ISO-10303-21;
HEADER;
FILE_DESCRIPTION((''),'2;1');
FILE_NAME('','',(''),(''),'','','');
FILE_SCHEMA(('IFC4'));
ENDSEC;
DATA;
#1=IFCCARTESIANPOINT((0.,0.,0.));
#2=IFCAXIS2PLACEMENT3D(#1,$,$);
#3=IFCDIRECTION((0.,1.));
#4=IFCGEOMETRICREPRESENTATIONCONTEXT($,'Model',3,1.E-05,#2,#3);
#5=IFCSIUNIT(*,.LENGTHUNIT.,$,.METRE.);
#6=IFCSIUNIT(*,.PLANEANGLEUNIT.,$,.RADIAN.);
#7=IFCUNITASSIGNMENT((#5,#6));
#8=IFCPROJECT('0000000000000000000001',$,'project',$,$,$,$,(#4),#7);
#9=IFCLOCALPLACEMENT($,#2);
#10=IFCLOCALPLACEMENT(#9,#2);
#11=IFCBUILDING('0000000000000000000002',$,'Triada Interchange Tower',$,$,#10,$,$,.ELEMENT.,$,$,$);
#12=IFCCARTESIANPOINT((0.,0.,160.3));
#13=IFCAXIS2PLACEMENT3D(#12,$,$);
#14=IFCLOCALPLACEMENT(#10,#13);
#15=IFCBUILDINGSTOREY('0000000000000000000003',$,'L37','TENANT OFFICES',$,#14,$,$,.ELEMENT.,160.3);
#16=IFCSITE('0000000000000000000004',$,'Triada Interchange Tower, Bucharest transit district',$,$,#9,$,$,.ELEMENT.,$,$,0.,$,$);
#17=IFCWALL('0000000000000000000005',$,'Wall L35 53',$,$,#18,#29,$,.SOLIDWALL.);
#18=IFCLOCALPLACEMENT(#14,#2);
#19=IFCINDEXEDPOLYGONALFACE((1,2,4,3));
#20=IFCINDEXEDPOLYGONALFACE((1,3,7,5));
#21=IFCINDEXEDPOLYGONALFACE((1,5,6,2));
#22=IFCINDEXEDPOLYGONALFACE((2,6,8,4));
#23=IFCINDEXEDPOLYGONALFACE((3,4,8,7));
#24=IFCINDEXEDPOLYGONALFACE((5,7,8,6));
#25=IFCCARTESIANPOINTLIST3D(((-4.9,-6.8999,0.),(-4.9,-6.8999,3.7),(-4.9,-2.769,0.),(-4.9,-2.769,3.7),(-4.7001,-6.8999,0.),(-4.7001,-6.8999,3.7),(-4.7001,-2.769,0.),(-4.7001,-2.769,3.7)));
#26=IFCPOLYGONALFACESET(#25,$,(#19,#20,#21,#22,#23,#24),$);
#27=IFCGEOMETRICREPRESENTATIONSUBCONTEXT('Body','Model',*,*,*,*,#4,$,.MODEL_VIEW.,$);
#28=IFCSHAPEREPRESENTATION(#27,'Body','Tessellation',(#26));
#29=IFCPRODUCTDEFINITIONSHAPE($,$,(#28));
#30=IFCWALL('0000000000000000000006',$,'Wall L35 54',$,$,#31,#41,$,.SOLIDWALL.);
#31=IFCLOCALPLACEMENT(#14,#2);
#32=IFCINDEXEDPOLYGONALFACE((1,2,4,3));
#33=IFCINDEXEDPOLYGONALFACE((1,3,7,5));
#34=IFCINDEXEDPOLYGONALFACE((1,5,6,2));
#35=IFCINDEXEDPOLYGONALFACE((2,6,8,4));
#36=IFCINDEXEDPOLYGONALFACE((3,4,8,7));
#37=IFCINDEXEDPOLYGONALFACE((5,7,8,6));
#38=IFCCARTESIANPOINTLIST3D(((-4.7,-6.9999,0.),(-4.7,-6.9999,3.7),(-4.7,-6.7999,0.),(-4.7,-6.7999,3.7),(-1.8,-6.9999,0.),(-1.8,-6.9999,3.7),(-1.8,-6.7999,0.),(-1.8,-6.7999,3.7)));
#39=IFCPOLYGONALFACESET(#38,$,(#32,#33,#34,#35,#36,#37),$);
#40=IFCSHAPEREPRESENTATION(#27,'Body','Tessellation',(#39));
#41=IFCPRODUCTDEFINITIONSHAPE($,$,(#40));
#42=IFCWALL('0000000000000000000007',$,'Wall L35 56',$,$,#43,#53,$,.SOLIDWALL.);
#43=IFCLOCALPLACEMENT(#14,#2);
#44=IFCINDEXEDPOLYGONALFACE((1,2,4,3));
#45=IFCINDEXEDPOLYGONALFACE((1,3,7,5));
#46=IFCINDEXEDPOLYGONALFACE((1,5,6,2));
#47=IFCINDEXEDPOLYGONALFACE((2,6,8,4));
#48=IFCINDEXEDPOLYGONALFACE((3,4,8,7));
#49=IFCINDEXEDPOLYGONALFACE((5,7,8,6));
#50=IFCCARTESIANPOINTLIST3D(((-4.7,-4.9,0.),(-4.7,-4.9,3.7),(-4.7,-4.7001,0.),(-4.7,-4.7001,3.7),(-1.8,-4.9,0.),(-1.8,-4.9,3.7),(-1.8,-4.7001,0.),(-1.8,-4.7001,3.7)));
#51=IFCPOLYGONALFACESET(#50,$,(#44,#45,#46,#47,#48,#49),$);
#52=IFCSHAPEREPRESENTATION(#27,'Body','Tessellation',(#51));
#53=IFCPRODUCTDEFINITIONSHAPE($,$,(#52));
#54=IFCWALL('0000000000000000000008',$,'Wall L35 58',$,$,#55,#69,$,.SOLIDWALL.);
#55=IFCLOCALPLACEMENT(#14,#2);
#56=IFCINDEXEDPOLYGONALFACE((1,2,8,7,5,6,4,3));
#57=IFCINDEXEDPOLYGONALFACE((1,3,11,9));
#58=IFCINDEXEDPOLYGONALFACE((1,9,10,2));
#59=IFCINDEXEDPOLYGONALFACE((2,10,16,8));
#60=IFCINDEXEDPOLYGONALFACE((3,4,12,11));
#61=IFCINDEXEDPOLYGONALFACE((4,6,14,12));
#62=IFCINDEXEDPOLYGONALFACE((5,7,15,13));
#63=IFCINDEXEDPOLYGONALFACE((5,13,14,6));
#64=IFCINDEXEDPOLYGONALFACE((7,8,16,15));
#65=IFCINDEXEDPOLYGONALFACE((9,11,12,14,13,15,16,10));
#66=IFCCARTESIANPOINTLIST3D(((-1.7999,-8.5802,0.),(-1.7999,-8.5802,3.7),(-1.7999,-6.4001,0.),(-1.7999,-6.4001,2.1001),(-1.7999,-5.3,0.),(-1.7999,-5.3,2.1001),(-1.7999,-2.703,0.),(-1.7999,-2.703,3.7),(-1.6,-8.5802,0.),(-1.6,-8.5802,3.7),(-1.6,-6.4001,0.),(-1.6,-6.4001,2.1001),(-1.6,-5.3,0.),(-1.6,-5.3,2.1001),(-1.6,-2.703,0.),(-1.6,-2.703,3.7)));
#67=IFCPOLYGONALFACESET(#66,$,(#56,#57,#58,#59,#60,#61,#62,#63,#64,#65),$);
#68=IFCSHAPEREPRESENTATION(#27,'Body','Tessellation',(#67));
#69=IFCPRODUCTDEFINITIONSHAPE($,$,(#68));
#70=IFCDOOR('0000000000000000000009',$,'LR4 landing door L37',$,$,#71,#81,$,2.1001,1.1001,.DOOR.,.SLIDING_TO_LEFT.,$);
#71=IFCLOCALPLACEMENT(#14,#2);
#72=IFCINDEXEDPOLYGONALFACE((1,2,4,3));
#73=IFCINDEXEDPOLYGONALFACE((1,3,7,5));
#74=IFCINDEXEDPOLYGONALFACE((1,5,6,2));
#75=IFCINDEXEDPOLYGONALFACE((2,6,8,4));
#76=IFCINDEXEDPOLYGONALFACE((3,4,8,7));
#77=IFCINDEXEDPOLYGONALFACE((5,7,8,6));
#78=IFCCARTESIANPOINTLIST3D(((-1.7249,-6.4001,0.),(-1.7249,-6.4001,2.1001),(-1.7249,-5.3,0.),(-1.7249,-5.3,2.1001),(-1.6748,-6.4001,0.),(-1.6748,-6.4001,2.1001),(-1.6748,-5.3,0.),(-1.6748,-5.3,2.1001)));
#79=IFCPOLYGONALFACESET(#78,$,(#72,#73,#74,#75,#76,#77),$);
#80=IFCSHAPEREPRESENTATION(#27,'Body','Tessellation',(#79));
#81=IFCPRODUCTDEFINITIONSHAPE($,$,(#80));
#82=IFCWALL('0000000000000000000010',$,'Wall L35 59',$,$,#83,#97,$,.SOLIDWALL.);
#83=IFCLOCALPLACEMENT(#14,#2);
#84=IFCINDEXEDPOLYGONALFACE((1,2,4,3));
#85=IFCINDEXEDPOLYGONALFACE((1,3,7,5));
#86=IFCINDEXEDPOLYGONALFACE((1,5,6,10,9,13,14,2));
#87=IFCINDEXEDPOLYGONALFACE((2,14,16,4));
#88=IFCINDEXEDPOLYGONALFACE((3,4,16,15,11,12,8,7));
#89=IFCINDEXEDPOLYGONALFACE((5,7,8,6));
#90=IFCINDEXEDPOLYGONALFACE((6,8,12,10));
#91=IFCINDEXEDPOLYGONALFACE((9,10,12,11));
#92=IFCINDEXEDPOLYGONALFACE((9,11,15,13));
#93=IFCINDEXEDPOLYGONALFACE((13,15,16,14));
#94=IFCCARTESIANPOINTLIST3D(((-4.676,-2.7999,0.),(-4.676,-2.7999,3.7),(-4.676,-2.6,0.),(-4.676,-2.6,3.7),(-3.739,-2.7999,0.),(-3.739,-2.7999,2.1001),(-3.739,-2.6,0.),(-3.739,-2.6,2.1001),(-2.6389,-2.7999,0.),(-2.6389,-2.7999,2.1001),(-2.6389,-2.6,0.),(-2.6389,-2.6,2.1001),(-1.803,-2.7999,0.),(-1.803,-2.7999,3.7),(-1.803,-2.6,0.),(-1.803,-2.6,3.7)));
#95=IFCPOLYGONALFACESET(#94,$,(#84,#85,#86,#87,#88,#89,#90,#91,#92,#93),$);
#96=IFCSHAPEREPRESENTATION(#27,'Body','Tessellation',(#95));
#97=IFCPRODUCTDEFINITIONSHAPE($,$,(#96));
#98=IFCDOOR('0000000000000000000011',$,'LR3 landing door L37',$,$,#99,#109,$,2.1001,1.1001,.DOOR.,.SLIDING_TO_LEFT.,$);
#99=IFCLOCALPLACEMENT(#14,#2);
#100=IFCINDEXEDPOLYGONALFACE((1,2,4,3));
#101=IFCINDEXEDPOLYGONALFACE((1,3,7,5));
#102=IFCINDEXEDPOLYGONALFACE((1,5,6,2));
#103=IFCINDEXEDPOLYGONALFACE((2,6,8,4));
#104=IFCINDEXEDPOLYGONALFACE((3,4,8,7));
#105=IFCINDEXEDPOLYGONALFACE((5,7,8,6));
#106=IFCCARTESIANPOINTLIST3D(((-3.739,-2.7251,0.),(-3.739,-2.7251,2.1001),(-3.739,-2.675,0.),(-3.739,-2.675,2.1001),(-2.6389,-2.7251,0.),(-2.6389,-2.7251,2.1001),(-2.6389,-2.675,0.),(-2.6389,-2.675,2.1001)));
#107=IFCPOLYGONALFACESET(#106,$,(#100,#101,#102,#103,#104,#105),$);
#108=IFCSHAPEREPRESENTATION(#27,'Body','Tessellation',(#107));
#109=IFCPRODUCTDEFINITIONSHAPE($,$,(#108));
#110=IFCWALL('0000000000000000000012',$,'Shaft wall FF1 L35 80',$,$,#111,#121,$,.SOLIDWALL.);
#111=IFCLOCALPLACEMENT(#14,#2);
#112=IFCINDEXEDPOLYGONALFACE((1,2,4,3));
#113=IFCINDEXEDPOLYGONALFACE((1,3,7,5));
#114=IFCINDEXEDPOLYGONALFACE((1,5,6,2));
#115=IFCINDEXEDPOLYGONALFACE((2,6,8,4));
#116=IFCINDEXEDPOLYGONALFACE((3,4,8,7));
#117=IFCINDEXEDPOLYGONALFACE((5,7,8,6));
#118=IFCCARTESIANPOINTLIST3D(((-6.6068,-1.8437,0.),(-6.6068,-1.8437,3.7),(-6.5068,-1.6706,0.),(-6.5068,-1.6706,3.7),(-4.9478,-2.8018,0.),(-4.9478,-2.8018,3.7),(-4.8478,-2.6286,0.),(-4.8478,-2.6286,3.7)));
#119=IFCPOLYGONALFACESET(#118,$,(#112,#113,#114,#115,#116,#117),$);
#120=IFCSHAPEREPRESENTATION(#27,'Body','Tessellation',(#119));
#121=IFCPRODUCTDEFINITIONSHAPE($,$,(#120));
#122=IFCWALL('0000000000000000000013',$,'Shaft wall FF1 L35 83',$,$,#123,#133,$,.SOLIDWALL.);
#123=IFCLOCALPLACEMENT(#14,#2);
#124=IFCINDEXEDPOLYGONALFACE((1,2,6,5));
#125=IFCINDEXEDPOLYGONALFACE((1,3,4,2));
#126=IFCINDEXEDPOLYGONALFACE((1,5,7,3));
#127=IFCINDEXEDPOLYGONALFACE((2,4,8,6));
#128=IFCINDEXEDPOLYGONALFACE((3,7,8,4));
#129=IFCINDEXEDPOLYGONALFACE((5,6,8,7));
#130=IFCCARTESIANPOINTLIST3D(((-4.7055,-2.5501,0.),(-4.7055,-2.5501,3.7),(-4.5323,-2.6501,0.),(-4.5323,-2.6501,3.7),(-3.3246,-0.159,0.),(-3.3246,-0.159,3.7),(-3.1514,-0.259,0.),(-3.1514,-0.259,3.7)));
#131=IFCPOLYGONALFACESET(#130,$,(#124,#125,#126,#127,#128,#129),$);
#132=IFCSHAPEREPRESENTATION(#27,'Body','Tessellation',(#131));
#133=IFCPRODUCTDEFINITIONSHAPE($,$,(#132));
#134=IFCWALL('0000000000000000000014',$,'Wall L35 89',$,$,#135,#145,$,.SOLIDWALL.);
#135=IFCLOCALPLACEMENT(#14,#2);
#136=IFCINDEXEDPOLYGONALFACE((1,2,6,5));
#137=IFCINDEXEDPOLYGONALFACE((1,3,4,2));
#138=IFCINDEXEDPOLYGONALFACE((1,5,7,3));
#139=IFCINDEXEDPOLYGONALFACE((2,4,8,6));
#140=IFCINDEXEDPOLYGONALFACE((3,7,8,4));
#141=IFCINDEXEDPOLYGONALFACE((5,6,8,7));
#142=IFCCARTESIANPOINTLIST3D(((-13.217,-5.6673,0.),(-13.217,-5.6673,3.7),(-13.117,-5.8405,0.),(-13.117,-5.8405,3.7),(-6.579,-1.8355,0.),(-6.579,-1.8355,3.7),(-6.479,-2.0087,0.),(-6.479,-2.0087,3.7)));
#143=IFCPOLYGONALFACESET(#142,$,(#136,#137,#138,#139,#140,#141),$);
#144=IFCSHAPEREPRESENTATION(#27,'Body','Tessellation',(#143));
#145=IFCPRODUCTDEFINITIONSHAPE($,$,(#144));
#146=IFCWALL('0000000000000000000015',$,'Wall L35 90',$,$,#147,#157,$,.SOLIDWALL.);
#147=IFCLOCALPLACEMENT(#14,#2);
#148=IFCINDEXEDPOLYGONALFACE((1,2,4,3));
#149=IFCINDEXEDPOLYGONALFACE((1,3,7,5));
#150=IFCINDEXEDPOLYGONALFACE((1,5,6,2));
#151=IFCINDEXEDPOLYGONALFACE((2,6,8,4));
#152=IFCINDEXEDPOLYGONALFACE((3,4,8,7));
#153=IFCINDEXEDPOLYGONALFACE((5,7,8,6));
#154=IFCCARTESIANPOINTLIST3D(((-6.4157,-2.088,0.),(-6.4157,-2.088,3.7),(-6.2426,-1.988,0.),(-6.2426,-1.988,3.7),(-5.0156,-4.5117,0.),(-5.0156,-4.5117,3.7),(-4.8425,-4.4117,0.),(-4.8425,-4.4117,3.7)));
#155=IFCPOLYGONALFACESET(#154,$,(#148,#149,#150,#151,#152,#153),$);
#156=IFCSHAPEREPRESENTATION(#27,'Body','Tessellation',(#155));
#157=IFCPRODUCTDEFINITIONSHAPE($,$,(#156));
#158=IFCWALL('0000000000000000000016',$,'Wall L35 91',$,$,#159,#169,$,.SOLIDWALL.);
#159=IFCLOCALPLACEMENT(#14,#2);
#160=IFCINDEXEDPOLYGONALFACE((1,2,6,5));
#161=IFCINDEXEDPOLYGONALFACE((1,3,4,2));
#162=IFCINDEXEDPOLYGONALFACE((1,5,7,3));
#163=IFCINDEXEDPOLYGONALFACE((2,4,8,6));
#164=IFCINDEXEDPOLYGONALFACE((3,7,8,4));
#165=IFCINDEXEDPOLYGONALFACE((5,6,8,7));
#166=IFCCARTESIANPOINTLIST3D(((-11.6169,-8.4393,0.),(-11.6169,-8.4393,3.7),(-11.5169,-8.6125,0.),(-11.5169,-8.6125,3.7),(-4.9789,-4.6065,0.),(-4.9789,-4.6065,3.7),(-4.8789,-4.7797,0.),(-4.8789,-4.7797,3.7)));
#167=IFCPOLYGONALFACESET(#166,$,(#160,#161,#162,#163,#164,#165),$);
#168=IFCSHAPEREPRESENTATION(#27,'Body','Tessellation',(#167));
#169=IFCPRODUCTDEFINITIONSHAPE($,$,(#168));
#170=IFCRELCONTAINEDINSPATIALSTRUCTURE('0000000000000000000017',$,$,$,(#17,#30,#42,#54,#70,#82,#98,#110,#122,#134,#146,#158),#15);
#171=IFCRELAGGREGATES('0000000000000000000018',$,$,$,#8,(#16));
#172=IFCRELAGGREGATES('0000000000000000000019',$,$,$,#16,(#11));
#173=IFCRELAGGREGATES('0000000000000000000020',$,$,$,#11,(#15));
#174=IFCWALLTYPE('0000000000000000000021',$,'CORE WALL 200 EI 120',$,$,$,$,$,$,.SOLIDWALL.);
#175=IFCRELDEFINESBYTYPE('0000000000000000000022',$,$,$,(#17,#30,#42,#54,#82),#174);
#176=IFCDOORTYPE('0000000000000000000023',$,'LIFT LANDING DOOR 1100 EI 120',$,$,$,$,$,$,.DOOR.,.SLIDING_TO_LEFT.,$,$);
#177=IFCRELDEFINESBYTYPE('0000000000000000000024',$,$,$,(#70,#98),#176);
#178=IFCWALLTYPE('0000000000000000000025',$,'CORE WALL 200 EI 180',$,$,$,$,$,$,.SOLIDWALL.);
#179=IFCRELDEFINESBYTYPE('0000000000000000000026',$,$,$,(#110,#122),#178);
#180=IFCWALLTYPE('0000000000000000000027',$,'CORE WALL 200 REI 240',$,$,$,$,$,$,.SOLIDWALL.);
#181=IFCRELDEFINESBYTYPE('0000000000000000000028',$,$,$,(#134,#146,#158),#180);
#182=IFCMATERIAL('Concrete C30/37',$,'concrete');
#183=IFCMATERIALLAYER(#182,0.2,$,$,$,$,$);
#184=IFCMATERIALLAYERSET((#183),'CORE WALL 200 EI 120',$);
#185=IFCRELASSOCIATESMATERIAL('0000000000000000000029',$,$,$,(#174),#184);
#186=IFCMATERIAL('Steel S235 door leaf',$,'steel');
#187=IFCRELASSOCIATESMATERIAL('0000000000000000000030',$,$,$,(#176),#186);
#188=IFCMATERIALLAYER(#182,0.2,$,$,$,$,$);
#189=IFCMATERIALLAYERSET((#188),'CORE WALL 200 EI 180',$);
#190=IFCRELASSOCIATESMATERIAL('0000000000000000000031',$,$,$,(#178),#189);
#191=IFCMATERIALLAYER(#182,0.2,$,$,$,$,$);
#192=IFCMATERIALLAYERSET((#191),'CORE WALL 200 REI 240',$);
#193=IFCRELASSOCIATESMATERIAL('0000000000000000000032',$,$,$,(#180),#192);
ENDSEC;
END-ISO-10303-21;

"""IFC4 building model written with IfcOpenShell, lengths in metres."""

from ifc_helpers import new_model, si_unit, direction, frame, frame_2d, origin, place, context, subcontext, project, spatial, rectangle, extrude, material, layer, layer_set, type_object, element, fill, save


model = new_model("IFC4")

# Units and contexts
model_context = context("Model", 3, precision=1e-05, world=origin(), true_north=direction((0.0, 1.0)))
body_context = subcontext(model_context, "Body", "Model", "MODEL_VIEW")
ifc_project = project(units=[si_unit("LENGTHUNIT", "METRE"), si_unit("PLANEANGLEUNIT", "RADIAN")], contexts=[model_context])

# Site, building, storey
site_placement = place(None, origin())
site = spatial("IfcSite", under=ifc_project, at=site_placement, Name="Triada Interchange Tower, Bucharest transit district", CompositionType="ELEMENT", RefElevation=0.0)
building_placement = place(site_placement, origin())
building = spatial("IfcBuilding", under=site, at=building_placement, Name="Triada Interchange Tower", CompositionType="ELEMENT")
storey_placement = place(building_placement, frame((0.0, 0.0, 160.3)))
storey = spatial("IfcBuildingStorey", under=building, at=storey_placement, Name="L37", Description="TENANT OFFICES", CompositionType="ELEMENT", Elevation=160.3)

# Walls
ifc_material_1 = material(Name="Concrete C30/37", Category="concrete")
ifc_layer_1 = layer(ifc_material_1, 0.2)
ifc_layer_set_1 = layer_set([ifc_layer_1], Name="CORE WALL 200 EI 120")
wall_type_1 = type_object("IfcWallType", Name="CORE WALL 200 EI 120", PredefinedType="SOLIDWALL", material=ifc_layer_set_1)
wall_1_placement = place(storey_placement, frame((-4.8, -6.8999, 0.0), z_axis=(0.0, 0.0, 1.0), x_axis=(0.0, 1.0, 0.0)))
element("IfcWall", 1, at=wall_1_placement, inside=storey, type_object=wall_type_1, Name="Wall L35 53", PredefinedType="SOLIDWALL", context=body_context, shape_type="SweptSolid", body=[
    extrude(rectangle(XDim=4.1309, YDim=0.2, at=frame_2d((2.0654, 0.0))), origin(), (0.0, 0.0, 1.0), 3.7),
])
for number, where, z_axis, x_axis, name in (
    (2, (-4.7, -6.8999, 0.0), (0.0, 0.0, 1.0), (1.0, 0.0, 0.0), "Wall L35 54"),
    (3, (-4.7, -4.8, 0.0), (0.0, 0.0, 1.0), (1.0, 0.0, 0.0), "Wall L35 56"),
):
    element("IfcWall", number, at=place(storey_placement, frame(where, z_axis=z_axis, x_axis=x_axis)), inside=storey, type_object=wall_type_1, Name=name, PredefinedType="SOLIDWALL", context=body_context, shape_type="SweptSolid", body=[
        extrude(rectangle(XDim=2.8999, YDim=0.2, at=frame_2d((1.45, 0.0))), origin(), (0.0, 0.0, 1.0), 3.7),
    ])

# Walls, openings, doors
wall_2_placement = place(storey_placement, frame((-1.7, -8.5801, 0.0), z_axis=(0.0, 0.0, 1.0), x_axis=(0.0, 1.0, 0.0)))
wall_2 = element("IfcWall", 4, at=wall_2_placement, inside=storey, type_object=wall_type_1, Name="Wall L35 58", PredefinedType="SOLIDWALL", context=body_context, shape_type="SweptSolid", body=[
    extrude(rectangle(XDim=5.8772, YDim=0.2, at=frame_2d((2.9385, 0.0))), origin(), (0.0, 0.0, 1.0), 3.7),
])
opening_1_placement = place(wall_2_placement, frame((2.1799, 0.0, 0.0)))
opening_1 = element("IfcOpeningElement", 5, at=opening_1_placement, cuts=wall_2, PredefinedType="OPENING", context=body_context, shape_type="SweptSolid", body=[
    extrude(rectangle(XDim=1.1001, YDim=2.1001, at=frame_2d((0.55, 1.05))), frame((0.0, 0.1099, 0.0), z_axis=(0.0, -1.0, 0.0), x_axis=(1.0, 0.0, 0.0)), (0.0, 0.0, 1.0), 0.22),
])
ifc_material_2 = material(Name="Steel S235 door leaf", Category="steel")
door_type_1 = type_object("IfcDoorType", Name="LIFT LANDING DOOR 1100 EI 120", OperationType="SLIDING_TO_LEFT", PredefinedType="DOOR", material=ifc_material_2)
door_1_placement = place(opening_1_placement, origin())
door_1 = element("IfcDoor", 6, at=door_1_placement, inside=storey, type_object=door_type_1, Name="LR4 landing door L37", OperationType="SLIDING_TO_LEFT", OverallHeight=2.1001, OverallWidth=1.1001, PredefinedType="DOOR", context=body_context, shape_type="SweptSolid", body=[
    extrude(rectangle(XDim=1.1001, YDim=2.1001, at=frame_2d((0.55, 1.05))), frame((0.0, 0.0249, 0.0), z_axis=(0.0, -1.0, 0.0), x_axis=(1.0, 0.0, 0.0)), (0.0, 0.0, 1.0), 0.05),
])
fill(opening_1, door_1)
wall_3_placement = place(storey_placement, frame((-4.676, -2.7, 0.0), z_axis=(0.0, 0.0, 1.0), x_axis=(1.0, 0.0, 0.0)))
wall_3 = element("IfcWall", 7, at=wall_3_placement, inside=storey, type_object=wall_type_1, Name="Wall L35 59", PredefinedType="SOLIDWALL", context=body_context, shape_type="SweptSolid", body=[
    extrude(rectangle(XDim=2.873, YDim=0.2, at=frame_2d((1.4365, 0.0))), origin(), (0.0, 0.0, 1.0), 3.7),
])
opening_2_placement = place(wall_3_placement, frame((0.937, 0.0, 0.0)))
opening_2 = element("IfcOpeningElement", 8, at=opening_2_placement, cuts=wall_3, PredefinedType="OPENING", context=body_context, shape_type="SweptSolid", body=[
    extrude(rectangle(XDim=1.1001, YDim=2.1001, at=frame_2d((0.55, 1.05))), frame((0.0, 0.1099, 0.0), z_axis=(0.0, -1.0, 0.0), x_axis=(1.0, 0.0, 0.0)), (0.0, 0.0, 1.0), 0.22),
])
door_2_placement = place(opening_2_placement, origin())
door_2 = element("IfcDoor", 9, at=door_2_placement, inside=storey, type_object=door_type_1, Name="LR3 landing door L37", OperationType="SLIDING_TO_LEFT", OverallHeight=2.1001, OverallWidth=1.1001, PredefinedType="DOOR", context=body_context, shape_type="SweptSolid", body=[
    extrude(rectangle(XDim=1.1001, YDim=2.1001, at=frame_2d((0.55, 1.05))), frame((0.0, 0.0249, 0.0), z_axis=(0.0, -1.0, 0.0), x_axis=(1.0, 0.0, 0.0)), (0.0, 0.0, 1.0), 0.05),
])
fill(opening_2, door_2)

# Walls
ifc_layer_2 = layer(ifc_material_1, 0.2)
ifc_layer_set_2 = layer_set([ifc_layer_2], Name="CORE WALL 200 EI 180")
wall_type_2 = type_object("IfcWallType", Name="CORE WALL 200 EI 180", PredefinedType="SOLIDWALL", material=ifc_layer_set_2)
wall_4_placement = place(storey_placement, frame((-6.5569, -1.7571, 0.0), z_axis=(0.0, 0.0, 1.0), x_axis=(0.865975, -0.500086, 0.0)))
element("IfcWall", 10, at=wall_4_placement, inside=storey, type_object=wall_type_2, Name="Shaft wall FF1 L35 80", PredefinedType="SOLIDWALL", context=body_context, shape_type="SweptSolid", body=[
    extrude(rectangle(XDim=1.9158, YDim=0.2, at=frame_2d((0.958, 0.0))), origin(), (0.0, 0.0, 1.0), 3.7),
])
wall_5_placement = place(storey_placement, frame((-4.6189, -2.6001, 0.0), z_axis=(0.0, 0.0, 1.0), x_axis=(0.500095, 0.865971, 0.0)))
element("IfcWall", 11, at=wall_5_placement, inside=storey, type_object=wall_type_2, Name="Shaft wall FF1 L35 83", PredefinedType="SOLIDWALL", context=body_context, shape_type="SweptSolid", body=[
    extrude(rectangle(XDim=2.7612, YDim=0.2, at=frame_2d((1.3806, 0.0))), origin(), (0.0, 0.0, 1.0), 3.7),
])
ifc_layer_3 = layer(ifc_material_1, 0.2)
ifc_layer_set_3 = layer_set([ifc_layer_3], Name="CORE WALL 200 REI 240")
wall_type_3 = type_object("IfcWallType", Name="CORE WALL 200 REI 240", PredefinedType="SOLIDWALL", material=ifc_layer_set_3)
wall_6_placement = place(storey_placement, frame((-13.167, -5.7539, 0.0), z_axis=(0.0, 0.0, 1.0), x_axis=(0.866061, 0.499938, 0.0)))
element("IfcWall", 12, at=wall_6_placement, inside=storey, type_object=wall_type_3, Name="Wall L35 89", PredefinedType="SOLIDWALL", context=body_context, shape_type="SweptSolid", body=[
    extrude(rectangle(XDim=7.6646, YDim=0.2, at=frame_2d((3.8323, 0.0))), origin(), (0.0, 0.0, 1.0), 3.7),
])
wall_7_placement = place(storey_placement, frame((-6.3291, -2.0381, 0.0), z_axis=(0.0, 0.0, 1.0), x_axis=(0.500201, -0.86591, 0.0)))
element("IfcWall", 13, at=wall_7_placement, inside=storey, type_object=wall_type_3, Name="Wall L35 90", PredefinedType="SOLIDWALL", context=body_context, shape_type="SweptSolid", body=[
    extrude(rectangle(XDim=2.7991, YDim=0.2, at=frame_2d((1.3994, 0.0))), origin(), (0.0, 0.0, 1.0), 3.7),
])
wall_8_placement = place(storey_placement, frame((-11.5669, -8.5259, 0.0), z_axis=(0.0, 0.0, 1.0), x_axis=(0.866006, 0.500034, 0.0)))
element("IfcWall", 14, at=wall_8_placement, inside=storey, type_object=wall_type_3, Name="Wall L35 91", PredefinedType="SOLIDWALL", context=body_context, shape_type="SweptSolid", body=[
    extrude(rectangle(XDim=7.665, YDim=0.2, at=frame_2d((3.8325, 0.0))), origin(), (0.0, 0.0, 1.0), 3.7),
])

save(model, "model.ifc")
